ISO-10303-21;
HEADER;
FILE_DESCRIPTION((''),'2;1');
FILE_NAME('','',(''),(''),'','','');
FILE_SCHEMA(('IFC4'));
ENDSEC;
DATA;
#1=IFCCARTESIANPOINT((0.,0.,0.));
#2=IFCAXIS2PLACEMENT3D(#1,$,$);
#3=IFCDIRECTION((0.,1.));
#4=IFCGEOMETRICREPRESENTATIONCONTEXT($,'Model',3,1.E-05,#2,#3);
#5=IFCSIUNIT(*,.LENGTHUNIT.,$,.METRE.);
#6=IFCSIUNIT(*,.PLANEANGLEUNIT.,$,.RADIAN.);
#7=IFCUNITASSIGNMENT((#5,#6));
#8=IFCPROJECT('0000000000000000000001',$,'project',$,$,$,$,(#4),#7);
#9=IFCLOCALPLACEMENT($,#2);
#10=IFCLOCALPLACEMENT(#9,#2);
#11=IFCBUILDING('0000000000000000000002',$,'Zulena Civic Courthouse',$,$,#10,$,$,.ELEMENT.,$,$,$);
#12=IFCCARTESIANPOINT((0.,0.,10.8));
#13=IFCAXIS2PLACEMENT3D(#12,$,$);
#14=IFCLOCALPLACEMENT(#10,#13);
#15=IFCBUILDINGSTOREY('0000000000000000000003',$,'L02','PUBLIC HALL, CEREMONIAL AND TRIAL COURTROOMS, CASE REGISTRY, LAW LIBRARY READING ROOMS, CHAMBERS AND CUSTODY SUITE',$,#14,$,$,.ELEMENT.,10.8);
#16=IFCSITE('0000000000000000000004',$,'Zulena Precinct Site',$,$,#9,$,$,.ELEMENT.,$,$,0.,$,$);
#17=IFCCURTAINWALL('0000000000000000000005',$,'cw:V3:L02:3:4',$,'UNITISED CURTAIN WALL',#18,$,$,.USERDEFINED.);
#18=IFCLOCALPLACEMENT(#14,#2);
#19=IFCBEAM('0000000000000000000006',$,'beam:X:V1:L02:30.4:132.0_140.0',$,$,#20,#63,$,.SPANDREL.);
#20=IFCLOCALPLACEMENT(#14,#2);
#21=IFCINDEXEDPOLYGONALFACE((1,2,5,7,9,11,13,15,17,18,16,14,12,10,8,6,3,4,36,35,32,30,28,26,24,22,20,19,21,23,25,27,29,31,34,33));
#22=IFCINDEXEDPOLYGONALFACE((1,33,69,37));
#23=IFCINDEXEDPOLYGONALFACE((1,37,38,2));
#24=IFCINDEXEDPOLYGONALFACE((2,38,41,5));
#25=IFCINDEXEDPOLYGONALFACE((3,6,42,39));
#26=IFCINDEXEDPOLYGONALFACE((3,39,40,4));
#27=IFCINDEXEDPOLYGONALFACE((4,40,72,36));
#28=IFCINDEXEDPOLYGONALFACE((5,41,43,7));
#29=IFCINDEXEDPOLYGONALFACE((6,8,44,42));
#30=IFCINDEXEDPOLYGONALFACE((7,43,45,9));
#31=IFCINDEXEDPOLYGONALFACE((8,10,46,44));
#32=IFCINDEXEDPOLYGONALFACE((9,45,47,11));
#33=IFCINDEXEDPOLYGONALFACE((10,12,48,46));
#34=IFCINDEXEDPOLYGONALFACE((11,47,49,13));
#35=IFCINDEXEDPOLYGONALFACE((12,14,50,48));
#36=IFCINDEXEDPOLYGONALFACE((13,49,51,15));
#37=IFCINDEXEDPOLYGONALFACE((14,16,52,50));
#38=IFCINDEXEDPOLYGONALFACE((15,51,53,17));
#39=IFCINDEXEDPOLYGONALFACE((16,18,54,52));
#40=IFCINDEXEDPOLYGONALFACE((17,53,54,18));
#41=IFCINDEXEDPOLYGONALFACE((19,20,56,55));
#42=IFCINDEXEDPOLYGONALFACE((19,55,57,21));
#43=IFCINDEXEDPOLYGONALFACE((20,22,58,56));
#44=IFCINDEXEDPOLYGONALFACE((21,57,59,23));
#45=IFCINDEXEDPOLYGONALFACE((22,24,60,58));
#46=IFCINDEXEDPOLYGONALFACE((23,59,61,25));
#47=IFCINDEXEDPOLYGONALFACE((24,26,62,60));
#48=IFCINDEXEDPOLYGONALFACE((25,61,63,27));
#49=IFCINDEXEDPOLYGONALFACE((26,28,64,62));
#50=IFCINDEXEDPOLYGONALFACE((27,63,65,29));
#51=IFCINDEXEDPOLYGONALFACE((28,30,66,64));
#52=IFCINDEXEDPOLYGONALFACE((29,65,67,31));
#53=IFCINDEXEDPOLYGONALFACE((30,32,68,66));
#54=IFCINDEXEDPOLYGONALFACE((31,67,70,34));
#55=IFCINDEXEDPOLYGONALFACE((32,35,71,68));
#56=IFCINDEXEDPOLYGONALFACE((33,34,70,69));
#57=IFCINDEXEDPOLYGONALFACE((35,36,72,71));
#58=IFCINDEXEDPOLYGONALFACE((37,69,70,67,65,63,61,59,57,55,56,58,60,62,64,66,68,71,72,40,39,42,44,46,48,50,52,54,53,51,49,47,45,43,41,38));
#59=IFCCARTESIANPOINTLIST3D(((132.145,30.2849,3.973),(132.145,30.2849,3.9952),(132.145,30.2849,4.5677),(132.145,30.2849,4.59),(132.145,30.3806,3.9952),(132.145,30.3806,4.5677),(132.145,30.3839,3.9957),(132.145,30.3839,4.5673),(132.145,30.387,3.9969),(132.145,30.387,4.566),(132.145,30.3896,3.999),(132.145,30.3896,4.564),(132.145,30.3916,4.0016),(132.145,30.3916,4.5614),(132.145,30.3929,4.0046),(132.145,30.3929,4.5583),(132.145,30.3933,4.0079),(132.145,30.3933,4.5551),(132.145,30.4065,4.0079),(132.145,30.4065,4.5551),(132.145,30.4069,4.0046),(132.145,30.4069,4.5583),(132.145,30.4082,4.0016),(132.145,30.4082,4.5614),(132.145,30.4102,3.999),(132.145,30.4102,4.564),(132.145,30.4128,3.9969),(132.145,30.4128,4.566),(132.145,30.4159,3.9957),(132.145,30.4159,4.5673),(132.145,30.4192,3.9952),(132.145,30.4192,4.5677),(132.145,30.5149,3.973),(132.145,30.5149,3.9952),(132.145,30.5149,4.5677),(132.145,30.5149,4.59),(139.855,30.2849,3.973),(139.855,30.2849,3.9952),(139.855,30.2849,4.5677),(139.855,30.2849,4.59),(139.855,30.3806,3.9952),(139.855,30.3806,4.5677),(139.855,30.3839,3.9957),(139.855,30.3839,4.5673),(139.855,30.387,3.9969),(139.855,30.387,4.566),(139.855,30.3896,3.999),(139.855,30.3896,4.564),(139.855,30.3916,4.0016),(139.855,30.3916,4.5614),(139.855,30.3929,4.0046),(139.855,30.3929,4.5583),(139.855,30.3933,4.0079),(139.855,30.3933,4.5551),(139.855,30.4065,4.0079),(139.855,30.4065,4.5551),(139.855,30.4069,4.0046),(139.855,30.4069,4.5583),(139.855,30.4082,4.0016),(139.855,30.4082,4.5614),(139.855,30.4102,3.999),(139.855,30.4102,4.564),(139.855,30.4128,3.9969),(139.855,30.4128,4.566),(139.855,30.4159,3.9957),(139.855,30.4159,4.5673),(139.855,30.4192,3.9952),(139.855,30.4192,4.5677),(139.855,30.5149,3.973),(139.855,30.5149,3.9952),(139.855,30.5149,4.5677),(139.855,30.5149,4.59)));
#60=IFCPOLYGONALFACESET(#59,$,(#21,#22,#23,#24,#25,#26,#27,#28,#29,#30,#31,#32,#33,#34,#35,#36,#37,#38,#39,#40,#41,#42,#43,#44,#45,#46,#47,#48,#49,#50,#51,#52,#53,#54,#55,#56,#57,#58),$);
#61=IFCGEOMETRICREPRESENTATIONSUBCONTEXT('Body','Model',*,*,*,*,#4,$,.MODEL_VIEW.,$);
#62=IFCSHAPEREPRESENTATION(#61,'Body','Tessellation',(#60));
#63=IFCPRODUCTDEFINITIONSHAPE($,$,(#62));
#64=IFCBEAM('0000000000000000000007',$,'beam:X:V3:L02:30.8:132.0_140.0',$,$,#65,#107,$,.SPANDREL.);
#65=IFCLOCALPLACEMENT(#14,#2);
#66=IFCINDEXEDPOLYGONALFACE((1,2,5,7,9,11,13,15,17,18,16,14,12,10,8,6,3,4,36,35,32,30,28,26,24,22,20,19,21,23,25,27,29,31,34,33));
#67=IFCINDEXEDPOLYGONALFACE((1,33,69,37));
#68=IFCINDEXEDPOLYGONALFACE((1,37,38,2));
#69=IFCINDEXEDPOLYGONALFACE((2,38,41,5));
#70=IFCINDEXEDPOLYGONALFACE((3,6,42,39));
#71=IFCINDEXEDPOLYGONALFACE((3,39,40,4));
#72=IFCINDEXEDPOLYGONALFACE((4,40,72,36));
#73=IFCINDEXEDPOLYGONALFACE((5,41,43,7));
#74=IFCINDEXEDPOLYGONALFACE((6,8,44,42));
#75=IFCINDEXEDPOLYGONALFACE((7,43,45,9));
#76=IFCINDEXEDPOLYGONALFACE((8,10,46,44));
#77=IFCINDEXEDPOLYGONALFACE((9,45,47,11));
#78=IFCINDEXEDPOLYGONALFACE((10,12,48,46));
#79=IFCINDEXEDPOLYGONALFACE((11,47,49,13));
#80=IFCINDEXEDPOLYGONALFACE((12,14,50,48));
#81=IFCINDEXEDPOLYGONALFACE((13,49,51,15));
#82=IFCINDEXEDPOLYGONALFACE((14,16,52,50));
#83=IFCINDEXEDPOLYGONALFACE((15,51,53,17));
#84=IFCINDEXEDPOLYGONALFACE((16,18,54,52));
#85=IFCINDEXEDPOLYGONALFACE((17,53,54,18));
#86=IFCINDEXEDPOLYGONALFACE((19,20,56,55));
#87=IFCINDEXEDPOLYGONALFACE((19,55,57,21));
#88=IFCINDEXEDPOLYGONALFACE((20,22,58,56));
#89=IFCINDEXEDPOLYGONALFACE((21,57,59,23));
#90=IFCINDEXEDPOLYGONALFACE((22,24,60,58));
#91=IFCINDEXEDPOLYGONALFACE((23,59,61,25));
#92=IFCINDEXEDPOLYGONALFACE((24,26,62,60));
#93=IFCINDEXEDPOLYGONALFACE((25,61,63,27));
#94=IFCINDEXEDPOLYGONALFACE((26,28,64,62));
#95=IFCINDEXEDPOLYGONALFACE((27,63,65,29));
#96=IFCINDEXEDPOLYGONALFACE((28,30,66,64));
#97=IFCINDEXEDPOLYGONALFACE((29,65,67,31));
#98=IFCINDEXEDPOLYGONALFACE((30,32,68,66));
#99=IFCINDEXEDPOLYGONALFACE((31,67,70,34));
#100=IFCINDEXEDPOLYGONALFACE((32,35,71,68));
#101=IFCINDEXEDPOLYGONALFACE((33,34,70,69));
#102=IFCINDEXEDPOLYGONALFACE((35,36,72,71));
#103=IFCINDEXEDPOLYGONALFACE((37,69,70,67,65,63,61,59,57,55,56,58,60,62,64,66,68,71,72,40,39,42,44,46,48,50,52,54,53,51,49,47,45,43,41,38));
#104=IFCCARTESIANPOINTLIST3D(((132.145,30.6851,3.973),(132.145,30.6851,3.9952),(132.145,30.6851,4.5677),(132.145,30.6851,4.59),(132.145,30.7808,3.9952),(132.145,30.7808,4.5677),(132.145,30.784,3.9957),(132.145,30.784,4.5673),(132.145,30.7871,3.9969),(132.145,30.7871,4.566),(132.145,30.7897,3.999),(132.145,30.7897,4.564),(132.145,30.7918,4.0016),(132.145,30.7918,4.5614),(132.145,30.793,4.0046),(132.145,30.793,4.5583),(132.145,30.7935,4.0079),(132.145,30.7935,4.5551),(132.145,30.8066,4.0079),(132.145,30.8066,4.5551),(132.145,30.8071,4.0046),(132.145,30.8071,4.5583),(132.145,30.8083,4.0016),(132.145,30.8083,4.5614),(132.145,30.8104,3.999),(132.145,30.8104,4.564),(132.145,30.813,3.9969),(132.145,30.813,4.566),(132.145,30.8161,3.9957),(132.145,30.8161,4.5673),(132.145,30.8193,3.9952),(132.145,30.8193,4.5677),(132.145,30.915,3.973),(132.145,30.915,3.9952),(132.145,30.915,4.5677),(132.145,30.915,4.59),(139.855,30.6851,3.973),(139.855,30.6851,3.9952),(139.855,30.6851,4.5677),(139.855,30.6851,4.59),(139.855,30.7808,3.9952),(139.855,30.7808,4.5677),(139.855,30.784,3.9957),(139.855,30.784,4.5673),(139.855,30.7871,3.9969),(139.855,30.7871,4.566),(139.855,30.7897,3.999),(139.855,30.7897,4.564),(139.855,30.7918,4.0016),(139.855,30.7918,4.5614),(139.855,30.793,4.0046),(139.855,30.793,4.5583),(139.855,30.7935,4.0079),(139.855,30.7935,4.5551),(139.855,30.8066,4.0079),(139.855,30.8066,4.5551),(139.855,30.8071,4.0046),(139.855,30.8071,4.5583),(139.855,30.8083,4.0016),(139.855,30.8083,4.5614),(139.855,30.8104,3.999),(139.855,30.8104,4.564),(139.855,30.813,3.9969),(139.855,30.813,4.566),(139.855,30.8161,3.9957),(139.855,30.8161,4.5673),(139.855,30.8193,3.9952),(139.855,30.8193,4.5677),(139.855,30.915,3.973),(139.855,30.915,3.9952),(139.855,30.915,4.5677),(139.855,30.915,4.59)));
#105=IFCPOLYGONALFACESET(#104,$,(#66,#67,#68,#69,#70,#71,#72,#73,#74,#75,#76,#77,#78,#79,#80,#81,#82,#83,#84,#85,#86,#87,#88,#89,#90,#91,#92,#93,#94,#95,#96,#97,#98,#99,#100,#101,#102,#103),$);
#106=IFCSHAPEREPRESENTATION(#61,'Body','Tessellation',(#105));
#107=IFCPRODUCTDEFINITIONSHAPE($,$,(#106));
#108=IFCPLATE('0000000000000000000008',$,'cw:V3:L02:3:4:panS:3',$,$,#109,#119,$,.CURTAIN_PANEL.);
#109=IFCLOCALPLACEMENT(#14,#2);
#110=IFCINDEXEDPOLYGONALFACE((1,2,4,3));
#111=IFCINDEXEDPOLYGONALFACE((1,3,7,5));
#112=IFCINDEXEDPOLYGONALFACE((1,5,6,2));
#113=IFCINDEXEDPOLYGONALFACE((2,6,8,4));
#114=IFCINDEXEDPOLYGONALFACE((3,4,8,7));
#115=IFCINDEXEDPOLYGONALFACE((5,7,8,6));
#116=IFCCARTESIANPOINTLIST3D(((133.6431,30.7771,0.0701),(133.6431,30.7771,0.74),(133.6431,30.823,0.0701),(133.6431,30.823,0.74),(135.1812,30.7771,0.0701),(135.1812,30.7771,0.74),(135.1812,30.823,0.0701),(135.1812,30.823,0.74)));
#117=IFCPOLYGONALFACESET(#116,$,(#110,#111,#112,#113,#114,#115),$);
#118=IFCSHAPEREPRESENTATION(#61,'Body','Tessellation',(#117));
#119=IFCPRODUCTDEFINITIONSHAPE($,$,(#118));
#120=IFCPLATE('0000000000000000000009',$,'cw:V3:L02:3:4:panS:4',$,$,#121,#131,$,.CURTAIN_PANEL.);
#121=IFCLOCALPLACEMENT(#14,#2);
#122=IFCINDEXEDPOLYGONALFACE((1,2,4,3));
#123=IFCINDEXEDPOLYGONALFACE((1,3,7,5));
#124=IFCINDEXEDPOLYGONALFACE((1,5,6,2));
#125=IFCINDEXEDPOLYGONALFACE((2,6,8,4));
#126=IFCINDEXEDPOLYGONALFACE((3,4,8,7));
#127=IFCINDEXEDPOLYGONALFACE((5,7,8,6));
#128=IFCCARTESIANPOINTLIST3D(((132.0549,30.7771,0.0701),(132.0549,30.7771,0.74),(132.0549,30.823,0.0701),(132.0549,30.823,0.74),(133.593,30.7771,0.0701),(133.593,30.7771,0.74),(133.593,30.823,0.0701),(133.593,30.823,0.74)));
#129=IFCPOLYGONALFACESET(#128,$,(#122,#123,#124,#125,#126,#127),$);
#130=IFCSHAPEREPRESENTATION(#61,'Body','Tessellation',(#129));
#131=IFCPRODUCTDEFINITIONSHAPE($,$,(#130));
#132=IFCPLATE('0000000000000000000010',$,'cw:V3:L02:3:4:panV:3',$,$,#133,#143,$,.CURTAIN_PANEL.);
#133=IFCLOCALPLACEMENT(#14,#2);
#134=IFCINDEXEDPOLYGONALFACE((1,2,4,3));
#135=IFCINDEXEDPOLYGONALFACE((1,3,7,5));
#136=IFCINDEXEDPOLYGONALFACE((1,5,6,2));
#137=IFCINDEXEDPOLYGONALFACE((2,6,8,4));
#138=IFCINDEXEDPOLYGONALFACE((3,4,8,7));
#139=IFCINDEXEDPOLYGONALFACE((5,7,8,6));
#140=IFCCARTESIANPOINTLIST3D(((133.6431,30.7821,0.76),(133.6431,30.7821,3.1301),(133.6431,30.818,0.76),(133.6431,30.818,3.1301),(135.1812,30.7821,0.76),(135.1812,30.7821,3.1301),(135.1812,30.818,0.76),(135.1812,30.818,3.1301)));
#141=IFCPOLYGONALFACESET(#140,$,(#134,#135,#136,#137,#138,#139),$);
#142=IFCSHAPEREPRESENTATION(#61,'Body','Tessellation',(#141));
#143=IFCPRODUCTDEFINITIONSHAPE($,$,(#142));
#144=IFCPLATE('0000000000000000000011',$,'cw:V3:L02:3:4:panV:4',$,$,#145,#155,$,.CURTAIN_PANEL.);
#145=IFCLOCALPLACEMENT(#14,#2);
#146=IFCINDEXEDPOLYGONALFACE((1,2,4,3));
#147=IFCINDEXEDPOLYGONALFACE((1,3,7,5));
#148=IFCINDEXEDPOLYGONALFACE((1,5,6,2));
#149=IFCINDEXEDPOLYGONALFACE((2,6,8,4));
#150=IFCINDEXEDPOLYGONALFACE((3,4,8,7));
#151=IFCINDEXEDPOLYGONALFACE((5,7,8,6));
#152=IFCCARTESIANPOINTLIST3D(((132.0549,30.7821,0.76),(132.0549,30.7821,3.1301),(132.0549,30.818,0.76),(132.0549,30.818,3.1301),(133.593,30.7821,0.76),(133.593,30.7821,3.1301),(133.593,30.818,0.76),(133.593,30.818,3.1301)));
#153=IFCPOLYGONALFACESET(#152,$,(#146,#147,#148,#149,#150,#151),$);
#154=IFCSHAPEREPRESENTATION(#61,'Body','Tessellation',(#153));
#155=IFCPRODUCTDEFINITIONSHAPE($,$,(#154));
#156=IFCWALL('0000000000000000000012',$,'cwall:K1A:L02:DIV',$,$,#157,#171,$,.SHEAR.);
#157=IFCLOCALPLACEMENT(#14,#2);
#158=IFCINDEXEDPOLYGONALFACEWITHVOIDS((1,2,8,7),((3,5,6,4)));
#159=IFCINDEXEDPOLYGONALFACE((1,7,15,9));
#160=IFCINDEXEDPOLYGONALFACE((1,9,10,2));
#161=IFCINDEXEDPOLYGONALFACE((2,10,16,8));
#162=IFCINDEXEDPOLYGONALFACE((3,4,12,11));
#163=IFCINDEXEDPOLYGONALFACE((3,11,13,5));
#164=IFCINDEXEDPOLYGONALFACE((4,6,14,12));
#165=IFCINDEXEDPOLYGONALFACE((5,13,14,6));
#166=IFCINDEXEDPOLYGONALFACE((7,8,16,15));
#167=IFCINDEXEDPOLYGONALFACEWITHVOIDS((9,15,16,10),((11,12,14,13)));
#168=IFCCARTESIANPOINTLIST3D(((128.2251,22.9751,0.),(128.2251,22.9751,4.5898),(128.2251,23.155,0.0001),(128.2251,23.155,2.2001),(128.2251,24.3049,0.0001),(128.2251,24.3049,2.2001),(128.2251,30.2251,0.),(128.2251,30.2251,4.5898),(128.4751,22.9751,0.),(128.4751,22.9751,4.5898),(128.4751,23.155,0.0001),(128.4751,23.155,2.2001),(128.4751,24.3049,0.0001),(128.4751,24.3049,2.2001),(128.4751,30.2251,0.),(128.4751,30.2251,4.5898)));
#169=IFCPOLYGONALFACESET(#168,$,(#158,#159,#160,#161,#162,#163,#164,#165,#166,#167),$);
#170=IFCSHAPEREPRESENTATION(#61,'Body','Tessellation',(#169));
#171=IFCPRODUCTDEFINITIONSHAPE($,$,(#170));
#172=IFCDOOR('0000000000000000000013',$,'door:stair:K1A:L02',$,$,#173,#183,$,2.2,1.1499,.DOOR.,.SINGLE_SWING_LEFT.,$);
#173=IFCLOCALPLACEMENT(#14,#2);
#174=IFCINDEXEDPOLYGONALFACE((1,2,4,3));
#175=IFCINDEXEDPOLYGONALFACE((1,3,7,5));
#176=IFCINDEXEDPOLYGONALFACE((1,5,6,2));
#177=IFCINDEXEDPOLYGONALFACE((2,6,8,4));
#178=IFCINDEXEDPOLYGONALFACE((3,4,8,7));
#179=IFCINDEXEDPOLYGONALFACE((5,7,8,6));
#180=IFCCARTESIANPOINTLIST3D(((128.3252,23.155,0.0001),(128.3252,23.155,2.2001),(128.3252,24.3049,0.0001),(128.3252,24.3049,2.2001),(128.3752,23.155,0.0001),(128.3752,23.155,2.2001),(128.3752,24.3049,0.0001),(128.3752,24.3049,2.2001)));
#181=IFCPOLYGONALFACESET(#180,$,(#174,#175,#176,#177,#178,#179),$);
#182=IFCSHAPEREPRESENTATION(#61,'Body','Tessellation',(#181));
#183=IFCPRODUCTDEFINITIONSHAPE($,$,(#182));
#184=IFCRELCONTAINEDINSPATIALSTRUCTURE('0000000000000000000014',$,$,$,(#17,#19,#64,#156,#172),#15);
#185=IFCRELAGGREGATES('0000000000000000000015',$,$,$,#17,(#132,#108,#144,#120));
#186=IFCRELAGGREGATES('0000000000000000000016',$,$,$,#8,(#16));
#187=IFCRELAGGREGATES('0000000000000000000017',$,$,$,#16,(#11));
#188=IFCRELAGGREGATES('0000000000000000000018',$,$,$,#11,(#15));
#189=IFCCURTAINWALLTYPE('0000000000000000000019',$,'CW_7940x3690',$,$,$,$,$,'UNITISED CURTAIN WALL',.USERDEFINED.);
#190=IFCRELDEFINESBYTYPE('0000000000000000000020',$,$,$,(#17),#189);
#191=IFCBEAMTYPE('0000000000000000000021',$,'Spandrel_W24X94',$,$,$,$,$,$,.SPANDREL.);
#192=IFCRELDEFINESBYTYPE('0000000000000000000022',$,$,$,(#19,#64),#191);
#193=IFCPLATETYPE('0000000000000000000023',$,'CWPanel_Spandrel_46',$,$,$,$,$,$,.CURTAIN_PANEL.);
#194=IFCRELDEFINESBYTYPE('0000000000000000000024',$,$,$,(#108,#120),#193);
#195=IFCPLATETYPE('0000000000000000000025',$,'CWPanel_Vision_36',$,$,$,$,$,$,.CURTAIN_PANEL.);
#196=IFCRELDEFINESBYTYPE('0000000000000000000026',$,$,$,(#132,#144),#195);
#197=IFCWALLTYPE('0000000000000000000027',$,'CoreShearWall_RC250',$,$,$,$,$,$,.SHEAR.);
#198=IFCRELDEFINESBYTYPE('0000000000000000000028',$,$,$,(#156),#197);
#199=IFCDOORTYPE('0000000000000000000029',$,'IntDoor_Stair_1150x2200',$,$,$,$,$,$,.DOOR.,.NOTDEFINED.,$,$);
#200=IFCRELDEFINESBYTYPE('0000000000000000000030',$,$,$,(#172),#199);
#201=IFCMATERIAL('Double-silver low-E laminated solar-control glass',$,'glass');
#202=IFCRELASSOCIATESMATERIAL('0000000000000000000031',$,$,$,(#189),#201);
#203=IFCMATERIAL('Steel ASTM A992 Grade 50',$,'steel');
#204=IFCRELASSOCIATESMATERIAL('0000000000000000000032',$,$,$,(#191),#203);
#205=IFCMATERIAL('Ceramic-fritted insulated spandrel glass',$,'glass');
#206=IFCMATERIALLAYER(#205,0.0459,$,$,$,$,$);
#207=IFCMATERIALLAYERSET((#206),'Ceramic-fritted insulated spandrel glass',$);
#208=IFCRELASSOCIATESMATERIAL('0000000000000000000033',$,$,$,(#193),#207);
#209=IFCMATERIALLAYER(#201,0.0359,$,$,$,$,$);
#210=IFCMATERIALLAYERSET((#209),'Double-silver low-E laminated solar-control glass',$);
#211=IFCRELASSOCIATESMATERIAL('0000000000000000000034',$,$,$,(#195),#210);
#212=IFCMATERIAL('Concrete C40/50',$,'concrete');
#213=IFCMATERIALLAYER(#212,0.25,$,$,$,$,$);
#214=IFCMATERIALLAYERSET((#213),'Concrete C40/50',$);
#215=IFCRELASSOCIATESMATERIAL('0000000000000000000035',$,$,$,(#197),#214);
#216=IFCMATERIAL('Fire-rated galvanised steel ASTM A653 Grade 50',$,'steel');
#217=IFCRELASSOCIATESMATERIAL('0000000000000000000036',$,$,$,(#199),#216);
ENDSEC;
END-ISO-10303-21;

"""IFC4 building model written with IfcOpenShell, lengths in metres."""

from ifc_helpers import new_model, si_unit, direction, frame, frame_2d, origin, origin_2d, place, context, subcontext, project, spatial, rectangle, i_section, extrude, material, layer, layer_set, material_profile, profile_set, type_object, element, fill, aggregate, save


model = new_model("IFC4")

# Units and contexts
model_context = context("Model", 3, precision=1e-05, world=origin(), true_north=direction((0.0, 1.0)))
body_context = subcontext(model_context, "Body", "Model", "MODEL_VIEW")
ifc_project = project(units=[si_unit("LENGTHUNIT", "METRE"), si_unit("PLANEANGLEUNIT", "RADIAN")], contexts=[model_context])

# Site, building, storey
site_placement = place(None, origin())
site = spatial("IfcSite", under=ifc_project, at=site_placement, Name="Zulena Precinct Site", CompositionType="ELEMENT", RefElevation=0.0)
building_placement = place(site_placement, origin())
building = spatial("IfcBuilding", under=site, at=building_placement, Name="Zulena Civic Courthouse", CompositionType="ELEMENT")
storey_placement = place(building_placement, frame((0.0, 0.0, 10.8)))
storey = spatial("IfcBuildingStorey", under=building, at=storey_placement, Name="L02", Description="PUBLIC HALL, CEREMONIAL AND TRIAL COURTROOMS, CASE REGISTRY, LAW LIBRARY READING ROOMS, CHAMBERS AND CUSTODY SUITE", CompositionType="ELEMENT", Elevation=10.8)

# Shared definitions
ifc_material_1 = material(Name="Steel ASTM A992 Grade 50", Category="steel")

# Curtain wall
ifc_material_2 = material(Name="Double-silver low-E laminated solar-control glass", Category="glass")
curtain_wall_type = type_object("IfcCurtainWallType", Name="CW_7940x3690", ElementType="UNITISED CURTAIN WALL", PredefinedType="USERDEFINED", material=ifc_material_2)
curtain_wall_placement = place(storey_placement, origin())
curtain_wall = element("IfcCurtainWall", 1, at=curtain_wall_placement, inside=storey, type_object=curtain_wall_type, Name="cw:V3:L02:3:4", ObjectType="UNITISED CURTAIN WALL", PredefinedType="USERDEFINED")

# Beams
ifc_material_profile_1 = material_profile(ifc_material_1, i_section(OverallWidth=0.23, OverallDepth=0.6169, WebThickness=0.0132, FlangeThickness=0.0222, FilletRadius=0.0127, at=origin_2d()), Name="W24X94")
ifc_profile_set_1 = profile_set([ifc_material_profile_1], Name="Steel ASTM A992 Grade 50")
beam_type_1 = type_object("IfcBeamType", Name="Spandrel_W24X94", PredefinedType="SPANDREL", material=ifc_profile_set_1)
for number, where, z_axis, x_axis, name in (
    (2, (132.145, 30.3999, 4.2815), (1.0, 0.0, 0.0), (0.0, 1.0, 0.0), "beam:X:V1:L02:30.4:132.0_140.0"),
    (3, (132.145, 30.8, 4.2815), (1.0, 0.0, 0.0), (0.0, 1.0, 0.0), "beam:X:V3:L02:30.8:132.0_140.0"),
):
    element("IfcBeam", number, at=place(storey_placement, frame(where, z_axis=z_axis, x_axis=x_axis)), inside=storey, type_object=beam_type_1, Name=name, PredefinedType="SPANDREL", context=body_context, shape_type="SweptSolid", body=[
        extrude(i_section(OverallWidth=0.23, OverallDepth=0.6169, WebThickness=0.0132, FlangeThickness=0.0222, FilletRadius=0.0127, at=origin_2d()), origin(), (0.0, 0.0, 1.0), 7.71),
    ])

# Plates
ifc_material_3 = material(Name="Ceramic-fritted insulated spandrel glass", Category="glass")
ifc_layer_1 = layer(ifc_material_3, 0.0459)
ifc_layer_set_1 = layer_set([ifc_layer_1], Name="Ceramic-fritted insulated spandrel glass")
plate_type_1 = type_object("IfcPlateType", Name="CWPanel_Spandrel_46", PredefinedType="CURTAIN_PANEL", material=ifc_layer_set_1)
plate_1_placement = place(storey_placement, frame((134.4121, 30.8, 0.0701), z_axis=(0.0, 0.0, 1.0), x_axis=(-1.0, 0.0, 0.0)))
plate_1 = element("IfcPlate", 4, at=plate_1_placement, type_object=plate_type_1, Name="cw:V3:L02:3:4:panS:3", PredefinedType="CURTAIN_PANEL", context=body_context, shape_type="SweptSolid", body=[
    extrude(rectangle(XDim=1.5381, YDim=0.0459, at=origin_2d()), origin(), (0.0, 0.0, 1.0), 0.6699),
])
plate_2_placement = place(storey_placement, frame((132.824, 30.8, 0.0701), z_axis=(0.0, 0.0, 1.0), x_axis=(-1.0, 0.0, 0.0)))
plate_2 = element("IfcPlate", 5, at=plate_2_placement, type_object=plate_type_1, Name="cw:V3:L02:3:4:panS:4", PredefinedType="CURTAIN_PANEL", context=body_context, shape_type="SweptSolid", body=[
    extrude(rectangle(XDim=1.5381, YDim=0.0459, at=origin_2d()), origin(), (0.0, 0.0, 1.0), 0.6699),
])
ifc_layer_2 = layer(ifc_material_2, 0.0359)
ifc_layer_set_2 = layer_set([ifc_layer_2], Name="Double-silver low-E laminated solar-control glass")
plate_type_2 = type_object("IfcPlateType", Name="CWPanel_Vision_36", PredefinedType="CURTAIN_PANEL", material=ifc_layer_set_2)
plate_3_placement = place(storey_placement, frame((134.4121, 30.8, 0.76), z_axis=(0.0, 0.0, 1.0), x_axis=(-1.0, 0.0, 0.0)))
plate_3 = element("IfcPlate", 6, at=plate_3_placement, type_object=plate_type_2, Name="cw:V3:L02:3:4:panV:3", PredefinedType="CURTAIN_PANEL", context=body_context, shape_type="SweptSolid", body=[
    extrude(rectangle(XDim=1.5381, YDim=0.0359, at=origin_2d()), origin(), (0.0, 0.0, 1.0), 2.3701),
])
plate_4_placement = place(storey_placement, frame((132.824, 30.8, 0.76), z_axis=(0.0, 0.0, 1.0), x_axis=(-1.0, 0.0, 0.0)))
plate_4 = element("IfcPlate", 7, at=plate_4_placement, type_object=plate_type_2, Name="cw:V3:L02:3:4:panV:4", PredefinedType="CURTAIN_PANEL", context=body_context, shape_type="SweptSolid", body=[
    extrude(rectangle(XDim=1.5381, YDim=0.0359, at=origin_2d()), origin(), (0.0, 0.0, 1.0), 2.3701),
])
aggregate(curtain_wall, [plate_3, plate_1, plate_4, plate_2])

# Wall, opening, door
ifc_material_4 = material(Name="Concrete C40/50", Category="concrete")
ifc_layer_3 = layer(ifc_material_4, 0.25)
ifc_layer_set_3 = layer_set([ifc_layer_3], Name="Concrete C40/50")
wall_type_1 = type_object("IfcWallType", Name="CoreShearWall_RC250", PredefinedType="SHEAR", material=ifc_layer_set_3)
wall_1_placement = place(storey_placement, frame((128.3501, 22.9751, 0.0), z_axis=(0.0, 0.0, 1.0), x_axis=(0.0, 1.0, 0.0)))
wall_1 = element("IfcWall", 8, at=wall_1_placement, inside=storey, type_object=wall_type_1, Name="cwall:K1A:L02:DIV", PredefinedType="SHEAR", context=body_context, shape_type="SweptSolid", body=[
    extrude(rectangle(XDim=7.25, YDim=0.25, at=frame_2d((3.625, 0.0))), origin(), (0.0, 0.0, 1.0), 4.5898),
])
opening_1_placement = place(wall_1_placement, frame((0.1799, 0.0, 0.0)))
opening_1 = element("IfcOpeningElement", 9, at=opening_1_placement, cuts=wall_1, PredefinedType="OPENING", context=body_context, shape_type="SweptSolid", body=[
    extrude(rectangle(XDim=1.1499, YDim=2.2, at=frame_2d((0.575, 1.1001))), frame((0.0, 0.135, 0.0), z_axis=(0.0, -1.0, 0.0), x_axis=(1.0, 0.0, 0.0)), (0.0, 0.0, 1.0), 0.27),
])
ifc_material_5 = material(Name="Fire-rated galvanised steel ASTM A653 Grade 50", Category="steel")
door_type_1 = type_object("IfcDoorType", Name="IntDoor_Stair_1150x2200", OperationType="NOTDEFINED", PredefinedType="DOOR", material=ifc_material_5)
door_1_placement = place(opening_1_placement, origin())
door_1 = element("IfcDoor", 10, at=door_1_placement, inside=storey, type_object=door_type_1, Name="door:stair:K1A:L02", OperationType="SINGLE_SWING_LEFT", OverallHeight=2.2, OverallWidth=1.1499, PredefinedType="DOOR", context=body_context, shape_type="SweptSolid", body=[
    extrude(rectangle(XDim=1.1499, YDim=2.2, at=frame_2d((0.575, 1.1001))), frame((0.0, 0.0249, 0.0), z_axis=(0.0, -1.0, 0.0), x_axis=(1.0, 0.0, 0.0)), (0.0, 0.0, 1.0), 0.05),
])
fill(opening_1, door_1)

save(model, "model.ifc")
